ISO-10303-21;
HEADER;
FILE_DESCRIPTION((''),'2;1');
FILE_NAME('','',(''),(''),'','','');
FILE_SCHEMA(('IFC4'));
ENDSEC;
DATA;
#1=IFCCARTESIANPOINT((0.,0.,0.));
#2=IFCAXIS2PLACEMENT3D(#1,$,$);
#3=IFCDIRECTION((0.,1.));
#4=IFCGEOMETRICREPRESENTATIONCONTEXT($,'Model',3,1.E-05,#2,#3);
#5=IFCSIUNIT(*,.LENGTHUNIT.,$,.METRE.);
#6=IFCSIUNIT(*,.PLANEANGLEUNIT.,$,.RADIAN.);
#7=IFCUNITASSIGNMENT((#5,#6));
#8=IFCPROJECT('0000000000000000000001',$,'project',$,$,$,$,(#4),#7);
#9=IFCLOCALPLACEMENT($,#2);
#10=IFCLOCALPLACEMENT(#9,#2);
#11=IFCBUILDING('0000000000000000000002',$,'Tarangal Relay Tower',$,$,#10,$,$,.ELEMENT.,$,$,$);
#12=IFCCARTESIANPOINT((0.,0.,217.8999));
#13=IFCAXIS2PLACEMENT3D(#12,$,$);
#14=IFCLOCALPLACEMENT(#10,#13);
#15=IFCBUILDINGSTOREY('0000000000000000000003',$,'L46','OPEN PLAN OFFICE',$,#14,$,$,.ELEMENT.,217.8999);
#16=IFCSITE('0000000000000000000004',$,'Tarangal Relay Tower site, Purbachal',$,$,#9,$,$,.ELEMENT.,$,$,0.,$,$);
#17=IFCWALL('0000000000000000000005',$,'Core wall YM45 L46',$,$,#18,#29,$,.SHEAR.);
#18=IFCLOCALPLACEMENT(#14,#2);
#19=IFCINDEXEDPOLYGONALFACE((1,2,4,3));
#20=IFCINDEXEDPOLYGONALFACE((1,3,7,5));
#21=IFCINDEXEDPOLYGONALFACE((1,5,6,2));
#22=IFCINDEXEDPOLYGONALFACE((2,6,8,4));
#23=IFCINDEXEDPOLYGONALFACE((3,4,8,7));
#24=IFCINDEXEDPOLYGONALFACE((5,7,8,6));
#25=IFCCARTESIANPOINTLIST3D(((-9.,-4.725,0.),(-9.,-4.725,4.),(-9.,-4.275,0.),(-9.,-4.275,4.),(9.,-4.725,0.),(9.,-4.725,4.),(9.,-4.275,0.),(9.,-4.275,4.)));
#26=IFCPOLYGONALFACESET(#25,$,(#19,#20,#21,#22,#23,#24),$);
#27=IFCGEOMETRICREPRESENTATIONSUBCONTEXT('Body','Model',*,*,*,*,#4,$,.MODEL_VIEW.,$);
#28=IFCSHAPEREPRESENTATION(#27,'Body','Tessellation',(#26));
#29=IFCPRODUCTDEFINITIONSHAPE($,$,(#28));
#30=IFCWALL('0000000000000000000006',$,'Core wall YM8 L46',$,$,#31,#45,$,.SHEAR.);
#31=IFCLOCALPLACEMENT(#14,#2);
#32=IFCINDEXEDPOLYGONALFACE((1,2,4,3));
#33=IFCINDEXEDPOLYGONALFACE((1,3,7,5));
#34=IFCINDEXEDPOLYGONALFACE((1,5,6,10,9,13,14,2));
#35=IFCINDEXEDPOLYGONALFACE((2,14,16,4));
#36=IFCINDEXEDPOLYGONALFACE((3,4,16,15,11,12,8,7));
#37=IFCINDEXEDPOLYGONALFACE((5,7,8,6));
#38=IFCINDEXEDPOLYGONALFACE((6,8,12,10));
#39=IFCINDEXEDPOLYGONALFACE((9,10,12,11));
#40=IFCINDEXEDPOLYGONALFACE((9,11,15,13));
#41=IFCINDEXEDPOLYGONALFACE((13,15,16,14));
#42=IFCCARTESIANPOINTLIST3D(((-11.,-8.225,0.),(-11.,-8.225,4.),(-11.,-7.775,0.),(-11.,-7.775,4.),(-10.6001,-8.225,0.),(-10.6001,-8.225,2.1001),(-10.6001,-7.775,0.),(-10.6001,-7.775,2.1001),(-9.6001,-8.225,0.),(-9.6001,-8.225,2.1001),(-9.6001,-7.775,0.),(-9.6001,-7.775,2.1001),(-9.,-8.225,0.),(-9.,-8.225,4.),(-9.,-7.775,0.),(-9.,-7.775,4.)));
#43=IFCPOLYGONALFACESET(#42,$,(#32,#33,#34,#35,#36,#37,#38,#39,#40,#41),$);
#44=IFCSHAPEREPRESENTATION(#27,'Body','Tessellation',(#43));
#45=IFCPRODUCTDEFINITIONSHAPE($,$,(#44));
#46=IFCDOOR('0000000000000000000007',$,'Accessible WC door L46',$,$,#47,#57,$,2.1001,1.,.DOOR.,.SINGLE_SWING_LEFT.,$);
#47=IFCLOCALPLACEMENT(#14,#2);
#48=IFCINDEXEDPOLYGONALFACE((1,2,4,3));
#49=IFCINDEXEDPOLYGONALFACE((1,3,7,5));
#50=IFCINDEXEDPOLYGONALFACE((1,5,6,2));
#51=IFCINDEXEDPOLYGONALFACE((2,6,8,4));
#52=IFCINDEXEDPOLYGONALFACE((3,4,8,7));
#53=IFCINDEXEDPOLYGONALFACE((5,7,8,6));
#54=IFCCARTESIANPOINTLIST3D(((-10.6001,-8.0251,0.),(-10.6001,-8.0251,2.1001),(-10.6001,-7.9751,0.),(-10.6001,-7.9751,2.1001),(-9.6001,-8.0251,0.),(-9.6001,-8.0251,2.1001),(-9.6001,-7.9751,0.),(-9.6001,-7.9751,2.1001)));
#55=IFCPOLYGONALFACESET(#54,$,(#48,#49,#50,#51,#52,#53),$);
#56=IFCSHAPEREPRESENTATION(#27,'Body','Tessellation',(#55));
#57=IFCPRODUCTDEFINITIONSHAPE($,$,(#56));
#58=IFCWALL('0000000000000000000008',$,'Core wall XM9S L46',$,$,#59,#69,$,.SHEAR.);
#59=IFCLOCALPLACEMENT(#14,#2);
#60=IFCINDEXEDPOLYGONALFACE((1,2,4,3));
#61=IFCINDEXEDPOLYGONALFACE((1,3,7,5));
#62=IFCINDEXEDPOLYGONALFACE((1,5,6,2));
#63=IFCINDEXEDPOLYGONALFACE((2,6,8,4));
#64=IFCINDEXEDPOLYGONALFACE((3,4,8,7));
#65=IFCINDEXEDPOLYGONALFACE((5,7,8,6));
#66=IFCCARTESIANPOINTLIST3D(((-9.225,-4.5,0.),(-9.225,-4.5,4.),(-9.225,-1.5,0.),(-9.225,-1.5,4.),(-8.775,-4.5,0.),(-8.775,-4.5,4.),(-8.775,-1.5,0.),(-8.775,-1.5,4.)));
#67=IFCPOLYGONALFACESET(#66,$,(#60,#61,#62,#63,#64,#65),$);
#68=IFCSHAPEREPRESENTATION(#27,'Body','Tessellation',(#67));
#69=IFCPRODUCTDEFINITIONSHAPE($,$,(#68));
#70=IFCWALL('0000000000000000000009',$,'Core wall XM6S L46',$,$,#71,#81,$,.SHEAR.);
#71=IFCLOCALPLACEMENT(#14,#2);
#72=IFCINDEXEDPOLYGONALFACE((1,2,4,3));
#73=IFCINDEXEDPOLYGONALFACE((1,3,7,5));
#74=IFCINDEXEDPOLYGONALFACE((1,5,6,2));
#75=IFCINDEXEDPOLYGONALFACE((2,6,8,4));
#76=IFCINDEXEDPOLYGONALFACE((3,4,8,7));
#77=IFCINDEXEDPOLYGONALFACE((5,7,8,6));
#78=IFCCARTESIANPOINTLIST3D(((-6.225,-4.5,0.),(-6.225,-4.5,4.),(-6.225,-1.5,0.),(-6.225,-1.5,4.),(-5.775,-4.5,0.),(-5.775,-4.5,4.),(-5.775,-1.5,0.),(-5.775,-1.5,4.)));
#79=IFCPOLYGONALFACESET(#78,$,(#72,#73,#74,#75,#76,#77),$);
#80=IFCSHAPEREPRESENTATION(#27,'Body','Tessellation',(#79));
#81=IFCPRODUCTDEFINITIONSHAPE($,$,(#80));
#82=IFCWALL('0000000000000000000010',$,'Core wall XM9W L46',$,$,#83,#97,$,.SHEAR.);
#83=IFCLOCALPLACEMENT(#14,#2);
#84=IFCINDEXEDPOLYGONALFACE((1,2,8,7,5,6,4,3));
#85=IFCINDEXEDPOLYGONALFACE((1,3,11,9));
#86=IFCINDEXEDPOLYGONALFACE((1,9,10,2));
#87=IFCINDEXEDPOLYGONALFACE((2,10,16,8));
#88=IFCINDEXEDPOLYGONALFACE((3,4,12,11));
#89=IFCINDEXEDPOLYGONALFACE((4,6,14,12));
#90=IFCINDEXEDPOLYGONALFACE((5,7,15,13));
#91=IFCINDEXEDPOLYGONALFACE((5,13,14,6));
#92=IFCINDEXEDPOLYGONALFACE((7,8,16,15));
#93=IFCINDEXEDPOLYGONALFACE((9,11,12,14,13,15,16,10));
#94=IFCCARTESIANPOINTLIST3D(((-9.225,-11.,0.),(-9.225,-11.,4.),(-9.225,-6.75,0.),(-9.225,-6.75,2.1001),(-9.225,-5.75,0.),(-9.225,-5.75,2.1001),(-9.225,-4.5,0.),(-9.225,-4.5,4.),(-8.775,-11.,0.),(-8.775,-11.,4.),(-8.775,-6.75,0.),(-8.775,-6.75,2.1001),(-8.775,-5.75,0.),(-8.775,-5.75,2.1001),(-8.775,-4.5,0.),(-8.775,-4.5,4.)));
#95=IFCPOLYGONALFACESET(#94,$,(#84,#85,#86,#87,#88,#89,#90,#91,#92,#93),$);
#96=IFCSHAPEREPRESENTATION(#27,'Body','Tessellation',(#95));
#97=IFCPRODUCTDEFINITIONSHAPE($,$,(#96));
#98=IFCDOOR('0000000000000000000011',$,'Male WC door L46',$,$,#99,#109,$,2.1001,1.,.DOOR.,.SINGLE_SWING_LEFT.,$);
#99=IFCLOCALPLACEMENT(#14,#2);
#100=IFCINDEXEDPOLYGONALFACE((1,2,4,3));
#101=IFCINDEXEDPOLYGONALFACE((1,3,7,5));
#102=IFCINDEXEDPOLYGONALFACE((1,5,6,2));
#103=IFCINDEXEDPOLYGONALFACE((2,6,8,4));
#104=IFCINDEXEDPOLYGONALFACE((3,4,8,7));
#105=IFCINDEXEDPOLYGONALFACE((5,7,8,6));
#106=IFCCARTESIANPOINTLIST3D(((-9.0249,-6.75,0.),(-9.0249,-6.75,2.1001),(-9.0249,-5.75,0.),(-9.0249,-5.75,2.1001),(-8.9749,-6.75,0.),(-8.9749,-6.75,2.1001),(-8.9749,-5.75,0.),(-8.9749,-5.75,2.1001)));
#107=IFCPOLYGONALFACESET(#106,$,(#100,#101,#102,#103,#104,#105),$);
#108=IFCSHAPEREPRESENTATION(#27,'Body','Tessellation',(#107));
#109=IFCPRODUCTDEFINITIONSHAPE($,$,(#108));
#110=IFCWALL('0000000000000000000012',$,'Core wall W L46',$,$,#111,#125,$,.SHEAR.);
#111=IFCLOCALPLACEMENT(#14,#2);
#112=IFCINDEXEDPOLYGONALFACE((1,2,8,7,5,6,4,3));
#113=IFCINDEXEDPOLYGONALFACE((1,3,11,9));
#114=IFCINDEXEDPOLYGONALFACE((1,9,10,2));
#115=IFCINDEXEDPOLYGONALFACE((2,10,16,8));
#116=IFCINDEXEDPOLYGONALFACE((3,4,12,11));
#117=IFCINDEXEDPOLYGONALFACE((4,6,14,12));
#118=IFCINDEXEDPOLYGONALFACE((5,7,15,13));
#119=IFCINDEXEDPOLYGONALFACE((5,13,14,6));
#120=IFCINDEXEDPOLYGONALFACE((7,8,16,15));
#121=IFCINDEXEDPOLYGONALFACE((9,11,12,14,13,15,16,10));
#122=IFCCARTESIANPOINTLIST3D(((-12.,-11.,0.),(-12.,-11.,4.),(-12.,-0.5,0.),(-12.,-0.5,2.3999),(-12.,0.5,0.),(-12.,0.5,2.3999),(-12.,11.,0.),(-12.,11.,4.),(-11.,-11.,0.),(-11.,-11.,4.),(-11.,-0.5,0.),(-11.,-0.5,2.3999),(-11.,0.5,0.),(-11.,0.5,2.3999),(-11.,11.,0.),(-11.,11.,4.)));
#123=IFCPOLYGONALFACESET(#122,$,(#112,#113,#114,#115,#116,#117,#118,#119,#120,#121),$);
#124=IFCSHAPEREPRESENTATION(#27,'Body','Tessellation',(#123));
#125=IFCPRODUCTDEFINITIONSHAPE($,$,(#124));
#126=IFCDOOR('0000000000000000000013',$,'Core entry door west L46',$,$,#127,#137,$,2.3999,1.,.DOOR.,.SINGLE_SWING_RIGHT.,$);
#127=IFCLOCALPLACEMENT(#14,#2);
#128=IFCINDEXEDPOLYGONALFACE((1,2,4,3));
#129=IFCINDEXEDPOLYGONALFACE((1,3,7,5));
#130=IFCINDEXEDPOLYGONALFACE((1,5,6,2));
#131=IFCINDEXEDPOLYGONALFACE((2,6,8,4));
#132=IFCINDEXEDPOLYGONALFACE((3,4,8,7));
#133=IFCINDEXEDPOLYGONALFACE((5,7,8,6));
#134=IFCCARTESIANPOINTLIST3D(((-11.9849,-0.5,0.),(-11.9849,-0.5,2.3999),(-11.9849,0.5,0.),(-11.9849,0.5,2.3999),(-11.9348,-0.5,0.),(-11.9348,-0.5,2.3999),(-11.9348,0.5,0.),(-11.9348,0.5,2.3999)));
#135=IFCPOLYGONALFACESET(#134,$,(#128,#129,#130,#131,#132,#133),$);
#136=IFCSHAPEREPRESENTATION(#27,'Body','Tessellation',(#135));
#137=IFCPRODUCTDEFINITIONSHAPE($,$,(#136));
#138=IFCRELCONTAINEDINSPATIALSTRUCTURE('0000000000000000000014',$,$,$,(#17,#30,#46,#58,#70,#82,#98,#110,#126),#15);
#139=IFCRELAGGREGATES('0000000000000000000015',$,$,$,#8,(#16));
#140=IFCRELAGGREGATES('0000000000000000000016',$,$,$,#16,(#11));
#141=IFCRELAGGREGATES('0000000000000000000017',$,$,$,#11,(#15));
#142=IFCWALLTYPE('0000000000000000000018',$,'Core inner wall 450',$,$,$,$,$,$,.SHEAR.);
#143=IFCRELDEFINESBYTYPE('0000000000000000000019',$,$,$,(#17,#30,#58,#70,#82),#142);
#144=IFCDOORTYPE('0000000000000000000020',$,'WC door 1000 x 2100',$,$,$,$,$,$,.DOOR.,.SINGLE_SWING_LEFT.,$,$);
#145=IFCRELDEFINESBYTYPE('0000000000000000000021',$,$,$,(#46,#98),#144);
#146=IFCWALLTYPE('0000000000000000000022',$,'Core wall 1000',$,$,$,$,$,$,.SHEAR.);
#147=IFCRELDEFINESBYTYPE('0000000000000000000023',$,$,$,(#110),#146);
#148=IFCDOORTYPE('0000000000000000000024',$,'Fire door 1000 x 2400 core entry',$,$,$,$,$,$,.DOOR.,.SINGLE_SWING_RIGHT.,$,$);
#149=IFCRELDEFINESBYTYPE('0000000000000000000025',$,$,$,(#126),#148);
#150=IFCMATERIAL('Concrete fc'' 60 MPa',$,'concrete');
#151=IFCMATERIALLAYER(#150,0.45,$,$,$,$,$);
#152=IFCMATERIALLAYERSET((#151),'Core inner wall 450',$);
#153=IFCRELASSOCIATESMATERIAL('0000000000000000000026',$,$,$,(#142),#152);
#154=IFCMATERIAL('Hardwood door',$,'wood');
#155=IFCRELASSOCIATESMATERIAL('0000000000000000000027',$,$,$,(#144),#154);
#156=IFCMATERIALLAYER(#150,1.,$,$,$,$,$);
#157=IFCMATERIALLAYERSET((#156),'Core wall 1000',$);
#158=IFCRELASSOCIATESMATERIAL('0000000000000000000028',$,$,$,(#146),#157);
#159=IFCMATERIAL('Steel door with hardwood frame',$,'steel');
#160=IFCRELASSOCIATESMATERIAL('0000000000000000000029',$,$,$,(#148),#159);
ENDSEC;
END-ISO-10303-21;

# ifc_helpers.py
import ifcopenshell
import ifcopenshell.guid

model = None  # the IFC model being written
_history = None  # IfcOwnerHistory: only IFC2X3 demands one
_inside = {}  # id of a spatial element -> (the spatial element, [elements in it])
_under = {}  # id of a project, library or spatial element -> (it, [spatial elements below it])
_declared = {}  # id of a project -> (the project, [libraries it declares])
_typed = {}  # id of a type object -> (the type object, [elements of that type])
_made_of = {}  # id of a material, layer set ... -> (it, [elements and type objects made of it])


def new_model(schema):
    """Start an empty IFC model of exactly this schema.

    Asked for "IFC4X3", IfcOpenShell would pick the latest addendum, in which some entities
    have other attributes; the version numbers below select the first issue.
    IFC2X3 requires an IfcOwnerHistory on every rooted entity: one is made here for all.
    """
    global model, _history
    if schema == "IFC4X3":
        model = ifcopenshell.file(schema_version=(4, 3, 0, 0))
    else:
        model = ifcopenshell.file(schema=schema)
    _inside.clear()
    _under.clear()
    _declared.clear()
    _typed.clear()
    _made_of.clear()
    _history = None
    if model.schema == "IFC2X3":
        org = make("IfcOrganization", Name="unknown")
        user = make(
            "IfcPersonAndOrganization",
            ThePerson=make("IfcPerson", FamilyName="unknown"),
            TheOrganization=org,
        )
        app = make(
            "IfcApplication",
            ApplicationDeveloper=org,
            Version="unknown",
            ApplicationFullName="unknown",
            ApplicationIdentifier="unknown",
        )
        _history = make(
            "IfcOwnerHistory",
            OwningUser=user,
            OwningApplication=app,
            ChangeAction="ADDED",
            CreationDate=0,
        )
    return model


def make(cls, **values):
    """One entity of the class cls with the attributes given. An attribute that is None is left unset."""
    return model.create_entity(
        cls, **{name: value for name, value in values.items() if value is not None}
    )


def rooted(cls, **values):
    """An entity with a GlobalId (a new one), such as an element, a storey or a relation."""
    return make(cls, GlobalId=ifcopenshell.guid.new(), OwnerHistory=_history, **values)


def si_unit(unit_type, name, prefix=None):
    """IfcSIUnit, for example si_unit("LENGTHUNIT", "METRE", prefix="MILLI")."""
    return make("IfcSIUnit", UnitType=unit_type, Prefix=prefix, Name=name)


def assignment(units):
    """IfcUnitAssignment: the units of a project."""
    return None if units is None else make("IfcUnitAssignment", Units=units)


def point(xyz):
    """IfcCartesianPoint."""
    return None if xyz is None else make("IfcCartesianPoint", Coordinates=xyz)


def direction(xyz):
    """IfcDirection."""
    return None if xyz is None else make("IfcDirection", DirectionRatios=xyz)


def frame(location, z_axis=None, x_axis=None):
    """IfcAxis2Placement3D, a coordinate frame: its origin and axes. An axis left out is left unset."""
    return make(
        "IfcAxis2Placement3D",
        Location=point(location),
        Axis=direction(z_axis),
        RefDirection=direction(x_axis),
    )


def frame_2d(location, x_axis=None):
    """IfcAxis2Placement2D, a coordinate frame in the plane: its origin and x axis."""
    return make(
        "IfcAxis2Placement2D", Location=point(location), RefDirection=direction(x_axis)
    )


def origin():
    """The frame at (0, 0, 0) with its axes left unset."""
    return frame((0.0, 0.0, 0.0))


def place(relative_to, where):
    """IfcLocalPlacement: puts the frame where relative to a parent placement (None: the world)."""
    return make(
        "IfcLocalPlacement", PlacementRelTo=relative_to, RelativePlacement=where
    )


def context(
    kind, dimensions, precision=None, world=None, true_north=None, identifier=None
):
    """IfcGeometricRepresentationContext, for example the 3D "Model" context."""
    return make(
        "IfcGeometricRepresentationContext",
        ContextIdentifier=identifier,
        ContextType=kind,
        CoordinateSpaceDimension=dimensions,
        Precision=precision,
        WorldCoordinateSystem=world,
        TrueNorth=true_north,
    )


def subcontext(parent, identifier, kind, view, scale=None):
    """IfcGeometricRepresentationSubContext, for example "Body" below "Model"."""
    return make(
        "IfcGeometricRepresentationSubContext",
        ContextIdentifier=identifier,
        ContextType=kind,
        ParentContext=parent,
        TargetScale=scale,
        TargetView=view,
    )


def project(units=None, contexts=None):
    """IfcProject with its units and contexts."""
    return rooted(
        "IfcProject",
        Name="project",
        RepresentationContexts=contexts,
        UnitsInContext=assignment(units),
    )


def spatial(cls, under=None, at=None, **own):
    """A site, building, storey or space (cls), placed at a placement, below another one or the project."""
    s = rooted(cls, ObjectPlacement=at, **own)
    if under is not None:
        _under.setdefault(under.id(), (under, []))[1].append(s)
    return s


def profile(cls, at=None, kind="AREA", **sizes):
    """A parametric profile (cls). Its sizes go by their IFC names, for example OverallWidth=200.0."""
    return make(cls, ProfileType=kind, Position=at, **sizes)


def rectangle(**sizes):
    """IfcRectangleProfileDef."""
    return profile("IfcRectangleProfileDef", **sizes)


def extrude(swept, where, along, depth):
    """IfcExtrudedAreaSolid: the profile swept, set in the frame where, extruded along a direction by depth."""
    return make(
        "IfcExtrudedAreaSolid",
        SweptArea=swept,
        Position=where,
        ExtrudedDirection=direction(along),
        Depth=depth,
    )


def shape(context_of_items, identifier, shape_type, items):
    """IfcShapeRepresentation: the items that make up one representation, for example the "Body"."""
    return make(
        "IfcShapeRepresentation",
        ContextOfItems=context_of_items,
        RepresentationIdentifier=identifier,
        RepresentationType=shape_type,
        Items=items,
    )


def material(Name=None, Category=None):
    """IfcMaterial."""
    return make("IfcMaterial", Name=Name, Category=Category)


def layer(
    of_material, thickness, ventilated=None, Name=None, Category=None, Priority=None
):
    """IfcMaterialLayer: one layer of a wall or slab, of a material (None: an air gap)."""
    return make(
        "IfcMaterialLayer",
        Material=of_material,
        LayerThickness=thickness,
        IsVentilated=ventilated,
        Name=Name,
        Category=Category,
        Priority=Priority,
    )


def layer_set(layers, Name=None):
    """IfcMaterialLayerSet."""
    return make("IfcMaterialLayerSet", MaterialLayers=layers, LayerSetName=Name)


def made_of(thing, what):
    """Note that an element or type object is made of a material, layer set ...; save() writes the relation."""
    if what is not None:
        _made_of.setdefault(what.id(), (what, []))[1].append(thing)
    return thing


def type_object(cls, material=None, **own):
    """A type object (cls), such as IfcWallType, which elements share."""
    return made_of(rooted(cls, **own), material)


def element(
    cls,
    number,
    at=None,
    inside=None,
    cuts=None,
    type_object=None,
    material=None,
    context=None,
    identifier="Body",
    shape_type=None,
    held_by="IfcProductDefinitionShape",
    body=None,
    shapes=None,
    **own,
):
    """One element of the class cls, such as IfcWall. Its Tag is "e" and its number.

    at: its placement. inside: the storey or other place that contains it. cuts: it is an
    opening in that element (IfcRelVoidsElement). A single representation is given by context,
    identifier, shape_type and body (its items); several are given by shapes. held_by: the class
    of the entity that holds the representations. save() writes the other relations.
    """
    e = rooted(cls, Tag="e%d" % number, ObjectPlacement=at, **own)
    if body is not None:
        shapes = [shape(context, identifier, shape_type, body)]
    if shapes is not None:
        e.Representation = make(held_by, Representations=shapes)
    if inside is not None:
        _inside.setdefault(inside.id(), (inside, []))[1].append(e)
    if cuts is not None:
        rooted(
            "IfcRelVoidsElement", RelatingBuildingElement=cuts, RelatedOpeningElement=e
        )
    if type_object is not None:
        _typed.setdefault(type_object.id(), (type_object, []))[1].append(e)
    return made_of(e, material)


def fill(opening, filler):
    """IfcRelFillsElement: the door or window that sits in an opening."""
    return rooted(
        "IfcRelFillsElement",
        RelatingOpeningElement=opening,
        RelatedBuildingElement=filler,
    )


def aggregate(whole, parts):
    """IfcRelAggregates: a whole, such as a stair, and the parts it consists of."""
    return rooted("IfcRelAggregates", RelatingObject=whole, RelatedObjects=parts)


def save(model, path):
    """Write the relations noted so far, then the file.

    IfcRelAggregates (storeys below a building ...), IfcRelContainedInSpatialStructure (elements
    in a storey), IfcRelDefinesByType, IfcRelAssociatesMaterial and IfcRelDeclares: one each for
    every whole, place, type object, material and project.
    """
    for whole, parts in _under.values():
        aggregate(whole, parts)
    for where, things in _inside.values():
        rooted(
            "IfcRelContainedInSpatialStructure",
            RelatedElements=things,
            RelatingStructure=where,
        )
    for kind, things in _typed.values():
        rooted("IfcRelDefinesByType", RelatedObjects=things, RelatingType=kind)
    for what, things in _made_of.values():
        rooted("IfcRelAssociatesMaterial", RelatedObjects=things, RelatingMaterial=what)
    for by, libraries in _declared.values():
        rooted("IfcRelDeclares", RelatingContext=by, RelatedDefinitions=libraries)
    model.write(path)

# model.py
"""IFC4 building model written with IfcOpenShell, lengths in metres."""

from ifc_helpers import new_model, si_unit, direction, frame, frame_2d, origin, place, context, subcontext, project, spatial, rectangle, extrude, material, layer, layer_set, type_object, element, fill, save


model = new_model("IFC4")

# Units and contexts
model_context = context("Model", 3, precision=1e-05, world=origin(), true_north=direction((0.0, 1.0)))
body_context = subcontext(model_context, "Body", "Model", "MODEL_VIEW")
ifc_project = project(units=[si_unit("LENGTHUNIT", "METRE"), si_unit("PLANEANGLEUNIT", "RADIAN")], contexts=[model_context])

# Site, building, storey
site_placement = place(None, origin())
site = spatial("IfcSite", under=ifc_project, at=site_placement, Name="Tarangal Relay Tower site, Purbachal", CompositionType="ELEMENT", RefElevation=0.0)
building_placement = place(site_placement, origin())
building = spatial("IfcBuilding", under=site, at=building_placement, Name="Tarangal Relay Tower", CompositionType="ELEMENT")
storey_placement = place(building_placement, frame((0.0, 0.0, 217.8999)))
storey = spatial("IfcBuildingStorey", under=building, at=storey_placement, Name="L46", Description="OPEN PLAN OFFICE", CompositionType="ELEMENT", Elevation=217.8999)

# Shared definitions
ifc_material_1 = material(Name="Concrete fc' 60 MPa", Category="concrete")
ifc_layer_1 = layer(ifc_material_1, 0.45)
ifc_layer_set_1 = layer_set([ifc_layer_1], Name="Core inner wall 450")
wall_type_1 = type_object("IfcWallType", Name="Core inner wall 450", PredefinedType="SHEAR", material=ifc_layer_set_1)
ifc_material_2 = material(Name="Steel door with hardwood frame", Category="steel")

# Wall
wall_1_placement = place(storey_placement, frame((-9.0, -4.5, 0.0), z_axis=(0.0, 0.0, 1.0), x_axis=(1.0, 0.0, 0.0)))
element("IfcWall", 1, at=wall_1_placement, inside=storey, type_object=wall_type_1, Name="Core wall YM45 L46", PredefinedType="SHEAR", context=body_context, shape_type="SweptSolid", body=[
    extrude(rectangle(XDim=18.0, YDim=0.45, at=frame_2d((9.0, 0.0))), origin(), (0.0, 0.0, 1.0), 4.0),
])

# Wall, opening, door
wall_2_placement = place(storey_placement, frame((-11.0, -8.0, 0.0), z_axis=(0.0, 0.0, 1.0), x_axis=(1.0, 0.0, 0.0)))
wall_2 = element("IfcWall", 2, at=wall_2_placement, inside=storey, type_object=wall_type_1, Name="Core wall YM8 L46", PredefinedType="SHEAR", context=body_context, shape_type="SweptSolid", body=[
    extrude(rectangle(XDim=2.0, YDim=0.45, at=frame_2d((1.0, 0.0))), origin(), (0.0, 0.0, 1.0), 4.0),
])
opening_1_placement = place(wall_2_placement, frame((0.3999, 0.0, 0.0)))
opening_1 = element("IfcOpeningElement", 3, at=opening_1_placement, cuts=wall_2, PredefinedType="OPENING", context=body_context, shape_type="SweptSolid", body=[
    extrude(rectangle(XDim=1.0, YDim=2.1001, at=frame_2d((0.5, 1.05))), frame((0.0, 0.2349, 0.0), z_axis=(0.0, -1.0, 0.0), x_axis=(1.0, 0.0, 0.0)), (0.0, 0.0, 1.0), 0.47),
])
ifc_material_3 = material(Name="Hardwood door", Category="wood")
door_type_1 = type_object("IfcDoorType", Name="WC door 1000 x 2100", OperationType="SINGLE_SWING_LEFT", PredefinedType="DOOR", material=ifc_material_3)
door_1_placement = place(opening_1_placement, origin())
door_1 = element("IfcDoor", 4, at=door_1_placement, inside=storey, type_object=door_type_1, Name="Accessible WC door L46", OperationType="SINGLE_SWING_LEFT", OverallHeight=2.1001, OverallWidth=1.0, PredefinedType="DOOR", context=body_context, shape_type="SweptSolid", body=[
    extrude(rectangle(XDim=1.0, YDim=2.1001, at=frame_2d((0.5, 1.05))), frame((0.0, 0.0249, 0.0), z_axis=(0.0, -1.0, 0.0), x_axis=(1.0, 0.0, 0.0)), (0.0, 0.0, 1.0), 0.05),
])
fill(opening_1, door_1)

# Walls
for number, where, z_axis, x_axis, name in (
    (5, (-9.0, -4.5, 0.0), (0.0, 0.0, 1.0), (0.0, 1.0, 0.0), "Core wall XM9S L46"),
    (6, (-6.0, -4.5, 0.0), (0.0, 0.0, 1.0), (0.0, 1.0, 0.0), "Core wall XM6S L46"),
):
    element("IfcWall", number, at=place(storey_placement, frame(where, z_axis=z_axis, x_axis=x_axis)), inside=storey, type_object=wall_type_1, Name=name, PredefinedType="SHEAR", context=body_context, shape_type="SweptSolid", body=[
        extrude(rectangle(XDim=3.0, YDim=0.45, at=frame_2d((1.5, 0.0))), origin(), (0.0, 0.0, 1.0), 4.0),
    ])

# Walls, openings, doors
wall_3_placement = place(storey_placement, frame((-9.0, -11.0, 0.0), z_axis=(0.0, 0.0, 1.0), x_axis=(0.0, 1.0, 0.0)))
wall_3 = element("IfcWall", 7, at=wall_3_placement, inside=storey, type_object=wall_type_1, Name="Core wall XM9W L46", PredefinedType="SHEAR", context=body_context, shape_type="SweptSolid", body=[
    extrude(rectangle(XDim=6.5, YDim=0.45, at=frame_2d((3.25, 0.0))), origin(), (0.0, 0.0, 1.0), 4.0),
])
opening_2_placement = place(wall_3_placement, frame((4.25, 0.0, 0.0)))
opening_2 = element("IfcOpeningElement", 8, at=opening_2_placement, cuts=wall_3, PredefinedType="OPENING", context=body_context, shape_type="SweptSolid", body=[
    extrude(rectangle(XDim=1.0, YDim=2.1001, at=frame_2d((0.5, 1.05))), frame((0.0, 0.2349, 0.0), z_axis=(0.0, -1.0, 0.0), x_axis=(1.0, 0.0, 0.0)), (0.0, 0.0, 1.0), 0.47),
])
door_2_placement = place(opening_2_placement, origin())
door_2 = element("IfcDoor", 9, at=door_2_placement, inside=storey, type_object=door_type_1, Name="Male WC door L46", OperationType="SINGLE_SWING_LEFT", OverallHeight=2.1001, OverallWidth=1.0, PredefinedType="DOOR", context=body_context, shape_type="SweptSolid", body=[
    extrude(rectangle(XDim=1.0, YDim=2.1001, at=frame_2d((0.5, 1.05))), frame((0.0, 0.0249, 0.0), z_axis=(0.0, -1.0, 0.0), x_axis=(1.0, 0.0, 0.0)), (0.0, 0.0, 1.0), 0.05),
])
fill(opening_2, door_2)
ifc_layer_2 = layer(ifc_material_1, 1.0)
ifc_layer_set_2 = layer_set([ifc_layer_2], Name="Core wall 1000")
wall_type_2 = type_object("IfcWallType", Name="Core wall 1000", PredefinedType="SHEAR", material=ifc_layer_set_2)
wall_4_placement = place(storey_placement, frame((-11.5, -11.0, 0.0), z_axis=(0.0, 0.0, 1.0), x_axis=(0.0, 1.0, 0.0)))
wall_4 = element("IfcWall", 10, at=wall_4_placement, inside=storey, type_object=wall_type_2, Name="Core wall W L46", PredefinedType="SHEAR", context=body_context, shape_type="SweptSolid", body=[
    extrude(rectangle(XDim=22.0, YDim=1.0, at=frame_2d((11.0, 0.0))), origin(), (0.0, 0.0, 1.0), 4.0),
])
opening_3_placement = place(wall_4_placement, frame((10.5, 0.0, 0.0)))
opening_3 = element("IfcOpeningElement", 11, at=opening_3_placement, cuts=wall_4, PredefinedType="OPENING", context=body_context, shape_type="SweptSolid", body=[
    extrude(rectangle(XDim=1.0, YDim=2.3999, at=frame_2d((0.5, 1.2))), frame((0.0, 0.51, 0.0), z_axis=(0.0, -1.0, 0.0), x_axis=(1.0, 0.0, 0.0)), (0.0, 0.0, 1.0), 1.02),
])
door_type_2 = type_object("IfcDoorType", Name="Fire door 1000 x 2400 core entry", OperationType="SINGLE_SWING_RIGHT", PredefinedType="DOOR", material=ifc_material_2)
door_3_placement = place(opening_3_placement, origin())
door_3 = element("IfcDoor", 12, at=door_3_placement, inside=storey, type_object=door_type_2, Name="Core entry door west L46", OperationType="SINGLE_SWING_RIGHT", OverallHeight=2.3999, OverallWidth=1.0, PredefinedType="DOOR", context=body_context, shape_type="SweptSolid", body=[
    extrude(rectangle(XDim=1.0, YDim=2.3999, at=frame_2d((0.5, 1.2))), frame((0.0, 0.4849, 0.0), z_axis=(0.0, -1.0, 0.0), x_axis=(1.0, 0.0, 0.0)), (0.0, 0.0, 1.0), 0.05),
])
fill(opening_3, door_3)

save(model, "model.ifc")
